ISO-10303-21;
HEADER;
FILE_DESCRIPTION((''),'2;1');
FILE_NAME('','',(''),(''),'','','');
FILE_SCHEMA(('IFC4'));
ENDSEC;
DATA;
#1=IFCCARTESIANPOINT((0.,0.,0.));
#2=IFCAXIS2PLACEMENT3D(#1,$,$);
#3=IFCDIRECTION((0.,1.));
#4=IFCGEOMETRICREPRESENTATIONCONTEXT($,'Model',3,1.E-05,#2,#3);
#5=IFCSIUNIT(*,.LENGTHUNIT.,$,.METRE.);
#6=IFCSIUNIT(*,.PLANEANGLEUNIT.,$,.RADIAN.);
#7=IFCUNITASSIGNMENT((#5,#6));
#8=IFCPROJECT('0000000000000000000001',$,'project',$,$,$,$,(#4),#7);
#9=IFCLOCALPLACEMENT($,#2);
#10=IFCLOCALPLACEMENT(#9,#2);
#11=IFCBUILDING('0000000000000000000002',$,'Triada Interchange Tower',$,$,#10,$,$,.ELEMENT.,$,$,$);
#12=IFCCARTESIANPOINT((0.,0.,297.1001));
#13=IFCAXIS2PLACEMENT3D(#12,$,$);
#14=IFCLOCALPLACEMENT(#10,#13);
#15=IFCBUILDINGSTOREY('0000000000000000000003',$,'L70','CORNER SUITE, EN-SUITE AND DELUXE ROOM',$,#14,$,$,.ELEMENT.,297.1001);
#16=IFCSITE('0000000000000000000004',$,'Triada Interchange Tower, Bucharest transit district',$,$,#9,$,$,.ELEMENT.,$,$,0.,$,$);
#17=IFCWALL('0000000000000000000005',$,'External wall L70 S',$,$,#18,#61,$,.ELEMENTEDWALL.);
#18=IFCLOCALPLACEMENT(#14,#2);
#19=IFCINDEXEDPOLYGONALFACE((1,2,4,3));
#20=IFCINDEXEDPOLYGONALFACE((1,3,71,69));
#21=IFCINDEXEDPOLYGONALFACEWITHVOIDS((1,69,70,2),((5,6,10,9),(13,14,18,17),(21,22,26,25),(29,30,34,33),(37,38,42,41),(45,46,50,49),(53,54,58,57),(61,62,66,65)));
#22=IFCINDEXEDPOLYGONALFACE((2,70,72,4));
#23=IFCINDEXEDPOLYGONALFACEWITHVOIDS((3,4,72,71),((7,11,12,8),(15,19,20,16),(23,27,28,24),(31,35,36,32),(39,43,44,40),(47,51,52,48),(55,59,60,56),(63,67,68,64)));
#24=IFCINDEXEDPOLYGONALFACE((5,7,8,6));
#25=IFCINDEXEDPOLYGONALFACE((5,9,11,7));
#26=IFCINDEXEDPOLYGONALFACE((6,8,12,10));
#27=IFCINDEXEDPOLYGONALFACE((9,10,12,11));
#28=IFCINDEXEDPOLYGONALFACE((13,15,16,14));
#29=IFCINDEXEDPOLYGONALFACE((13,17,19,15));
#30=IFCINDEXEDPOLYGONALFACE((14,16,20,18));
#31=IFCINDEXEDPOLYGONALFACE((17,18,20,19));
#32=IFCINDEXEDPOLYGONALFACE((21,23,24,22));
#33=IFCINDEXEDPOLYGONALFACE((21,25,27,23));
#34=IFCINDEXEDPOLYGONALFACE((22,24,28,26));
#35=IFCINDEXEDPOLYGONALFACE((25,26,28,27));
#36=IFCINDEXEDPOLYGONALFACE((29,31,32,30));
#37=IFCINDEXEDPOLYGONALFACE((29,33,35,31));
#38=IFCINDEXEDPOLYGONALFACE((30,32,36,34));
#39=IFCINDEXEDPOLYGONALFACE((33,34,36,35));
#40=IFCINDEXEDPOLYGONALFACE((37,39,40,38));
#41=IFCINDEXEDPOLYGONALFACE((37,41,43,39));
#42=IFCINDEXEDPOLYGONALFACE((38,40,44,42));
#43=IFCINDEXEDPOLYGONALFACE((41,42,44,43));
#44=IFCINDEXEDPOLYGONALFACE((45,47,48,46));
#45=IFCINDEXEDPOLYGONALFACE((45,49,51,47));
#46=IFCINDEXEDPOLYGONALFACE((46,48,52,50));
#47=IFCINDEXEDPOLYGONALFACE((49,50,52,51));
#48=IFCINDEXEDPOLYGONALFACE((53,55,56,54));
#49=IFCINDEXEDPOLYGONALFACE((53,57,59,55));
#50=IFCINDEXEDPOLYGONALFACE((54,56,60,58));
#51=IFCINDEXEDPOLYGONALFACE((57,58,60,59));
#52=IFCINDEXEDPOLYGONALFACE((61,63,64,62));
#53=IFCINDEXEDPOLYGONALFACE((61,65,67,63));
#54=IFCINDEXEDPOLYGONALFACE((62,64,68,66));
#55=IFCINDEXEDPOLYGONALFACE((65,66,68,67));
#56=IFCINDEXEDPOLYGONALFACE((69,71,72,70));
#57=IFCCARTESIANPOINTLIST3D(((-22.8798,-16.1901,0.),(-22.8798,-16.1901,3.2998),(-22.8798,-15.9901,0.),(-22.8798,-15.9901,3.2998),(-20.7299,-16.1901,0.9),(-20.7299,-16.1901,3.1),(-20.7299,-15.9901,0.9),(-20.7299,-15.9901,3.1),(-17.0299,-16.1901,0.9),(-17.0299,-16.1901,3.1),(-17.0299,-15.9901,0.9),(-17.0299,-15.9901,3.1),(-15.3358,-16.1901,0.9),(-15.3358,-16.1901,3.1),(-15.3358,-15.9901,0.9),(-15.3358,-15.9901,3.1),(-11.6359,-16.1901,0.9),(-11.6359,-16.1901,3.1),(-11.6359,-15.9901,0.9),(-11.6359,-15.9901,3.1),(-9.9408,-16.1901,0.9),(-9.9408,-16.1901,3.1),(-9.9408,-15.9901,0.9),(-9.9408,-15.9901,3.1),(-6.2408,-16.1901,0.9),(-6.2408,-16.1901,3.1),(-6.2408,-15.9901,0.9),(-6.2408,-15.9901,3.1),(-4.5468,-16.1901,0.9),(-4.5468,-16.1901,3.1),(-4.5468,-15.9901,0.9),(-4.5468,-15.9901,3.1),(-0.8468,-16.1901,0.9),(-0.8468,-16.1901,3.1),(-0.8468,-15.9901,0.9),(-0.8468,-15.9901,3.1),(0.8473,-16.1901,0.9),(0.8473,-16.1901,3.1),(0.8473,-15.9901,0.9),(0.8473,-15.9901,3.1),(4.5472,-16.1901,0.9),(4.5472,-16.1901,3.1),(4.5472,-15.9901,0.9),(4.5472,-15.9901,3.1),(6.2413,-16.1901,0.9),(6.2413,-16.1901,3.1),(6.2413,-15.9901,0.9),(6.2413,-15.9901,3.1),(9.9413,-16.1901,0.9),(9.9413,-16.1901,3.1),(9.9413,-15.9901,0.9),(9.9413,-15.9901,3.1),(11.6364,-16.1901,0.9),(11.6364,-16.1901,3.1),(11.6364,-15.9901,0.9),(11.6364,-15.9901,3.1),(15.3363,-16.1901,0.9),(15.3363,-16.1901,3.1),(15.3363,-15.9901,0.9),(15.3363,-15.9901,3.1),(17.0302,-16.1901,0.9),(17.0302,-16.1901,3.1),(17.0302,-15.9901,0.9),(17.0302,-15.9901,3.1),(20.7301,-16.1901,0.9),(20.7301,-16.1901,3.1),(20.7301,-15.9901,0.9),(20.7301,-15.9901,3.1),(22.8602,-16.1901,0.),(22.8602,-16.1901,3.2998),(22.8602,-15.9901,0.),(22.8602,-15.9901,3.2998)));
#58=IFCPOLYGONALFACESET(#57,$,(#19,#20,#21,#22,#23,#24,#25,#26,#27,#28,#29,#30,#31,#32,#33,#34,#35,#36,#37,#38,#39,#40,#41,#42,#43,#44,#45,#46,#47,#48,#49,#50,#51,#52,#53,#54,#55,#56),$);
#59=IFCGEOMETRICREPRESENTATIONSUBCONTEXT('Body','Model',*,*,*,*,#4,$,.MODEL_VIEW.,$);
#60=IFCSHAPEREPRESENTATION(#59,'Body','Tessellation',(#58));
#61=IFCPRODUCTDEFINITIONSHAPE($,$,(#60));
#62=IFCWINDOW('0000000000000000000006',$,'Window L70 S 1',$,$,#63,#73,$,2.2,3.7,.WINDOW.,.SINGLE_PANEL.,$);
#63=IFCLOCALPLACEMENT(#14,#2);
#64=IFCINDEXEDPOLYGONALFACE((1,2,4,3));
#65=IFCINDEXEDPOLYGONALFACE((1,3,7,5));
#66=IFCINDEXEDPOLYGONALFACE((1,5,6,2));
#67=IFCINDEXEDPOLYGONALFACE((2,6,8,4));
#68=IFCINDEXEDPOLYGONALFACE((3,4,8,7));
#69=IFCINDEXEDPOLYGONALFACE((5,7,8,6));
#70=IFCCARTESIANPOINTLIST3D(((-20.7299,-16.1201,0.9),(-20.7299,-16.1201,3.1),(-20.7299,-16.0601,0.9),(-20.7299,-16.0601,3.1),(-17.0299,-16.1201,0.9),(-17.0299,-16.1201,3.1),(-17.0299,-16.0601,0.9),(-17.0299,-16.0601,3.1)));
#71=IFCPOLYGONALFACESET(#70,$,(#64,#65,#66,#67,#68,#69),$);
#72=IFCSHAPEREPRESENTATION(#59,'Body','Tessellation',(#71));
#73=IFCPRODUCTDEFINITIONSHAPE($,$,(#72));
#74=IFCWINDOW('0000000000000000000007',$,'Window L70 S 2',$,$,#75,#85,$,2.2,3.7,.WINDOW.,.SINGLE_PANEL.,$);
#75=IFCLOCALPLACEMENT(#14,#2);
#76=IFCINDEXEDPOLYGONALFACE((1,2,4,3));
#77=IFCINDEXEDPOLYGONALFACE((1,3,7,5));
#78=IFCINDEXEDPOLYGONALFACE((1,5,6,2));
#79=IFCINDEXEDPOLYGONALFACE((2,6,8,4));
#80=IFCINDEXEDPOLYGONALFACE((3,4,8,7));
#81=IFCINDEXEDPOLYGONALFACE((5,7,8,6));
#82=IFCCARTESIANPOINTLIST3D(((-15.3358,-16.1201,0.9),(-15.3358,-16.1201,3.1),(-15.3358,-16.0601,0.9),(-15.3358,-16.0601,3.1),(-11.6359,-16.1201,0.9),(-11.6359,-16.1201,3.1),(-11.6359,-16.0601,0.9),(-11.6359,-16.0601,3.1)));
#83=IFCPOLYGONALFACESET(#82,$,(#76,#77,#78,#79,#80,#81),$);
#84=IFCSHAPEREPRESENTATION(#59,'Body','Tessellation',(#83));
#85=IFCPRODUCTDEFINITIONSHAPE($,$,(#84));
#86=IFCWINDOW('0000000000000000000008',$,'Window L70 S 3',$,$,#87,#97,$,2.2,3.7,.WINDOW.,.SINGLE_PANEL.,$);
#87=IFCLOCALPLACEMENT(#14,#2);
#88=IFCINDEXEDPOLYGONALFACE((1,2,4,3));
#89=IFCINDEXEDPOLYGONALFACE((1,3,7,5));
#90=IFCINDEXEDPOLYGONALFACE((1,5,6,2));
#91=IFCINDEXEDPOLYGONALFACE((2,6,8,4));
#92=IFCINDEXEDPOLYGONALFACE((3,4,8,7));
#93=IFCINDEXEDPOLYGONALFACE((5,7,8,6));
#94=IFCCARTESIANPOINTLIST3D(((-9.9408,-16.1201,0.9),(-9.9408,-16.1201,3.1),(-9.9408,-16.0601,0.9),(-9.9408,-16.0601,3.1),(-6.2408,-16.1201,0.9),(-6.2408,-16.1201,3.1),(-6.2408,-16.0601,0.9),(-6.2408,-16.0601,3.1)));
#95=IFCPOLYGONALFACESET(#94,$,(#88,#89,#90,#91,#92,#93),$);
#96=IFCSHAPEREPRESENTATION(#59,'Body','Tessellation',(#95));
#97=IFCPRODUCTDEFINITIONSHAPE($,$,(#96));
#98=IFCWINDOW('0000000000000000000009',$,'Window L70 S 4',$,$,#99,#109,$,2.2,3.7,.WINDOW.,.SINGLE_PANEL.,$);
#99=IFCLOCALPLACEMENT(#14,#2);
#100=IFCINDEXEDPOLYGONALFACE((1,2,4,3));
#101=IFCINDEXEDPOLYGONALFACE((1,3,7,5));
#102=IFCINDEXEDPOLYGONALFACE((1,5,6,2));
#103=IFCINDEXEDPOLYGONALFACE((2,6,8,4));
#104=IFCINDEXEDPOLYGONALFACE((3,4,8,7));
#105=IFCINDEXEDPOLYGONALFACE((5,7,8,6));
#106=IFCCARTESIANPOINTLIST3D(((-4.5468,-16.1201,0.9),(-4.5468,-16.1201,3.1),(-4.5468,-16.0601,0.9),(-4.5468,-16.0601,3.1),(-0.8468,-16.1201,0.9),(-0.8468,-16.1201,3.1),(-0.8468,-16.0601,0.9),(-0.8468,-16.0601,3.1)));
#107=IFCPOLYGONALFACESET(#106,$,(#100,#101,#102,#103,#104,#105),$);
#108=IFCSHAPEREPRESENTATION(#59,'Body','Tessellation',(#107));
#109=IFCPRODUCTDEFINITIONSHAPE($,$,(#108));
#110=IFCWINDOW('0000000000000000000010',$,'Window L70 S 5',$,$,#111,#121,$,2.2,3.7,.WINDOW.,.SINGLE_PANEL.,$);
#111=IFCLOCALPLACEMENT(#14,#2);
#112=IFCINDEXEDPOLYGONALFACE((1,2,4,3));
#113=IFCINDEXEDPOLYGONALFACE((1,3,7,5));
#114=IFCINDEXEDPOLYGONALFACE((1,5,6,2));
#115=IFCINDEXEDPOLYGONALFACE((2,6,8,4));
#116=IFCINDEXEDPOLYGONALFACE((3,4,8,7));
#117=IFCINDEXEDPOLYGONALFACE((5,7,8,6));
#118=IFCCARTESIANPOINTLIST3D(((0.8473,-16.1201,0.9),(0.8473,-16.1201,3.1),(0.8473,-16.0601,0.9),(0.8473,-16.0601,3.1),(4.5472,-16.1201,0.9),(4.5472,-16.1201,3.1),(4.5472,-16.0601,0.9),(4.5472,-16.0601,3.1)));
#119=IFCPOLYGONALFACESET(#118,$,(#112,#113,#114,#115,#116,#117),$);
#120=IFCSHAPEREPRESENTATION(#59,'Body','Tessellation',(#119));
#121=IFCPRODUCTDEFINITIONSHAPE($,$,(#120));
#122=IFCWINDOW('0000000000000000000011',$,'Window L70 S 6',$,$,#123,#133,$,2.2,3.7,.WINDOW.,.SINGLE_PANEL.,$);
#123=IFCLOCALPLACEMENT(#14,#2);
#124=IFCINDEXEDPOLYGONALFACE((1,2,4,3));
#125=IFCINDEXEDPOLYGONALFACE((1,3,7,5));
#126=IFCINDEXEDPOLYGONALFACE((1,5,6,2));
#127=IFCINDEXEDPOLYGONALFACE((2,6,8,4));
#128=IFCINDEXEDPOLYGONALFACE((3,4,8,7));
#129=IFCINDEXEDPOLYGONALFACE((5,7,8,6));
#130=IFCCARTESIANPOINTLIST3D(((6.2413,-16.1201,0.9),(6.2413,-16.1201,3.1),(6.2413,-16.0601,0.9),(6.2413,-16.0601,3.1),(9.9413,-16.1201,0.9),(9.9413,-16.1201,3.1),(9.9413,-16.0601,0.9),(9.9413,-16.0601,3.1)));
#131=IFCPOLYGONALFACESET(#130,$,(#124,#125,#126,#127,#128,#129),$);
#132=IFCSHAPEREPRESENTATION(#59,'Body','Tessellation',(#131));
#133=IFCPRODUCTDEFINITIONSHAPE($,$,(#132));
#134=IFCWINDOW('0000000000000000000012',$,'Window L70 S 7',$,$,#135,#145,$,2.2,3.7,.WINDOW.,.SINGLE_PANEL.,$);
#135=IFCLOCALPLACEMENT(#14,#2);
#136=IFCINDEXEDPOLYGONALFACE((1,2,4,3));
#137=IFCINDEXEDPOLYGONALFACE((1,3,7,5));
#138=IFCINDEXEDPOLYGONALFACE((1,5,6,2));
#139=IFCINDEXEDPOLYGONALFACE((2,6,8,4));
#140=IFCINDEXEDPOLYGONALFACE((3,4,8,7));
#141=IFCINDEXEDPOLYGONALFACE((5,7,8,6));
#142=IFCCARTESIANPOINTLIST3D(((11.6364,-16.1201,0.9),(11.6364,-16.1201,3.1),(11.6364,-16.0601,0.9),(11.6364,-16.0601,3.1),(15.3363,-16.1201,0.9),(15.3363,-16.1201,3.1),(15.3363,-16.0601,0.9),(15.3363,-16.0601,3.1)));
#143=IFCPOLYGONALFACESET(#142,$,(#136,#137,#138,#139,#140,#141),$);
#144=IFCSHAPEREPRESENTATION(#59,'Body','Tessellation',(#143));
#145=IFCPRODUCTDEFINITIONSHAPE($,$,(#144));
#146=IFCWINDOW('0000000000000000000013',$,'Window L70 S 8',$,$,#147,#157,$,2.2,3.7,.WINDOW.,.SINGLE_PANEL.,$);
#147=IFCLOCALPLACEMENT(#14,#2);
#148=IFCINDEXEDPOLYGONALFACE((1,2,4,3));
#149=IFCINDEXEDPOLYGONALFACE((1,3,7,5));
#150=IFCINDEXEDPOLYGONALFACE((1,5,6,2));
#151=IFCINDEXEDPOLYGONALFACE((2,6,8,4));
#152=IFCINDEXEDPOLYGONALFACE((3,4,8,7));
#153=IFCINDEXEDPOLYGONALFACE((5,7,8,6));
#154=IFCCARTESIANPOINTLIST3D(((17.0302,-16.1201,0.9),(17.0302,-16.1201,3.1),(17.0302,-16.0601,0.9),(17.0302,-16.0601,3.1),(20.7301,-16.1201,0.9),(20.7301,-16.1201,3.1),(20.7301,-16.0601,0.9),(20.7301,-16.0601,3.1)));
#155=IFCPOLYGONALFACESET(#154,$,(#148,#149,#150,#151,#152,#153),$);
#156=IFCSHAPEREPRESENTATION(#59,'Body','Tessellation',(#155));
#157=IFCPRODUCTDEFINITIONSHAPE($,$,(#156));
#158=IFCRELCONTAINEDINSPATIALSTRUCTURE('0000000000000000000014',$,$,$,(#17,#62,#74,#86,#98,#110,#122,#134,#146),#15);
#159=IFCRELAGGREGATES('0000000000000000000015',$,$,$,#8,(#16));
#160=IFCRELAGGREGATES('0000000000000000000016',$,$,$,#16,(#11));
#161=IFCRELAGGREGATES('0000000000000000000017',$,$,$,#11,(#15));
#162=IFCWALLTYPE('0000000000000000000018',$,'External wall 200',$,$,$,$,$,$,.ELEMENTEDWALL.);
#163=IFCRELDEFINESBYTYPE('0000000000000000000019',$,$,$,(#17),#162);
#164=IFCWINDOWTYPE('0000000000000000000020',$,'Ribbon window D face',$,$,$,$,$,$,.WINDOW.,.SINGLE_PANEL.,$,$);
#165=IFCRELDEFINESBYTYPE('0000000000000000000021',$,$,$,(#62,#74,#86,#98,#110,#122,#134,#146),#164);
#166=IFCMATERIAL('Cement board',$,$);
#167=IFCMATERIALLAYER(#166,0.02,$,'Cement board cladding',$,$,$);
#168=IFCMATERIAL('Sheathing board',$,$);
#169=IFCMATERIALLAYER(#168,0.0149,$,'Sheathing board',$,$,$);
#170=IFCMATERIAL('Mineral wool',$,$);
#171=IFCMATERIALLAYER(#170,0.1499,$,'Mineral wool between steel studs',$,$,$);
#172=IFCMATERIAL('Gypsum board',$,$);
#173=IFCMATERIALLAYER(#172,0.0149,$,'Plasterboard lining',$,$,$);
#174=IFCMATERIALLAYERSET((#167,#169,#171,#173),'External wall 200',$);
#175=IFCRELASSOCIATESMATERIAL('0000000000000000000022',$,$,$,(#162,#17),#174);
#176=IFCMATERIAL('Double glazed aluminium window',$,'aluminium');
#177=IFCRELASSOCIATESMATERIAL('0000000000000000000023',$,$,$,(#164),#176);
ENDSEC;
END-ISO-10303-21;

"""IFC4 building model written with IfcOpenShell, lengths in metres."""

from ifc_helpers import new_model, si_unit, direction, frame, frame_2d, origin, place, context, subcontext, project, spatial, rectangle, extrude, material, layer, layer_set, layer_usage, type_object, element, fill, save


model = new_model("IFC4")

# Units and contexts
model_context = context("Model", 3, precision=1e-05, world=origin(), true_north=direction((0.0, 1.0)))
body_context = subcontext(model_context, "Body", "Model", "MODEL_VIEW")
ifc_project = project(units=[si_unit("LENGTHUNIT", "METRE"), si_unit("PLANEANGLEUNIT", "RADIAN")], contexts=[model_context])

# Site, building, storey
site_placement = place(None, origin())
site = spatial("IfcSite", under=ifc_project, at=site_placement, Name="Triada Interchange Tower, Bucharest transit district", CompositionType="ELEMENT", RefElevation=0.0)
building_placement = place(site_placement, origin())
building = spatial("IfcBuilding", under=site, at=building_placement, Name="Triada Interchange Tower", CompositionType="ELEMENT")
storey_placement = place(building_placement, frame((0.0, 0.0, 297.1001)))
storey = spatial("IfcBuildingStorey", under=building, at=storey_placement, Name="L70", Description="CORNER SUITE, EN-SUITE AND DELUXE ROOM", CompositionType="ELEMENT", Elevation=297.1001)

# Shared definitions
ifc_material_1 = material(Name="Cement board")
ifc_layer_1 = layer(ifc_material_1, 0.02, Name="Cement board cladding")
ifc_material_2 = material(Name="Sheathing board")
ifc_layer_2 = layer(ifc_material_2, 0.0149, Name="Sheathing board")
ifc_material_3 = material(Name="Mineral wool")
ifc_layer_3 = layer(ifc_material_3, 0.1499, Name="Mineral wool between steel studs")
ifc_material_4 = material(Name="Gypsum board")
ifc_layer_4 = layer(ifc_material_4, 0.0149, Name="Plasterboard lining")
ifc_layer_set_1 = layer_set([ifc_layer_1, ifc_layer_2, ifc_layer_3, ifc_layer_4], Name="External wall 200")
ifc_layer_usage = layer_usage(ifc_layer_set_1, "AXIS2", "POSITIVE", -0.1001)
wall_type = type_object("IfcWallType", Name="External wall 200", PredefinedType="ELEMENTEDWALL", material=ifc_layer_set_1)
ifc_material_5 = material(Name="Double glazed aluminium window", Category="aluminium")

# Wall, openings, windows
wall_1_placement = place(storey_placement, frame((-22.8799, -16.0901, 0.0), z_axis=(0.0, 0.0, 1.0), x_axis=(1.0, 0.0, 0.0)))
wall_1 = element("IfcWall", 1, at=wall_1_placement, inside=storey, type_object=wall_type, material=ifc_layer_usage, Name="External wall L70 S", PredefinedType="ELEMENTEDWALL", context=body_context, shape_type="SweptSolid", body=[
    extrude(rectangle(XDim=45.74, YDim=0.2, at=frame_2d((22.8701, 0.0))), origin(), (0.0, 0.0, 1.0), 3.2998),
])
opening_1_placement = place(wall_1_placement, frame((2.1499, 0.0, 0.8999)))
opening_1 = element("IfcOpeningElement", 2, at=opening_1_placement, cuts=wall_1, PredefinedType="OPENING", context=body_context, shape_type="SweptSolid", body=[
    extrude(rectangle(XDim=3.7, YDim=2.2, at=frame_2d((1.8501, 1.1001))), frame((0.0, 0.1099, 0.0), z_axis=(0.0, -1.0, 0.0), x_axis=(1.0, 0.0, 0.0)), (0.0, 0.0, 1.0), 0.22),
])
opening_2_placement = place(wall_1_placement, frame((7.5439, 0.0, 0.8999)))
opening_2 = element("IfcOpeningElement", 3, at=opening_2_placement, cuts=wall_1, PredefinedType="OPENING", context=body_context, shape_type="SweptSolid", body=[
    extrude(rectangle(XDim=3.7, YDim=2.2, at=frame_2d((1.8501, 1.1001))), frame((0.0, 0.1099, 0.0), z_axis=(0.0, -1.0, 0.0), x_axis=(1.0, 0.0, 0.0)), (0.0, 0.0, 1.0), 0.22),
])
opening_3_placement = place(wall_1_placement, frame((12.939, 0.0, 0.8999)))
opening_3 = element("IfcOpeningElement", 4, at=opening_3_placement, cuts=wall_1, PredefinedType="OPENING", context=body_context, shape_type="SweptSolid", body=[
    extrude(rectangle(XDim=3.7, YDim=2.2, at=frame_2d((1.8501, 1.1001))), frame((0.0, 0.1099, 0.0), z_axis=(0.0, -1.0, 0.0), x_axis=(1.0, 0.0, 0.0)), (0.0, 0.0, 1.0), 0.22),
])
opening_4_placement = place(wall_1_placement, frame((18.333, 0.0, 0.8999)))
opening_4 = element("IfcOpeningElement", 5, at=opening_4_placement, cuts=wall_1, PredefinedType="OPENING", context=body_context, shape_type="SweptSolid", body=[
    extrude(rectangle(XDim=3.7, YDim=2.2, at=frame_2d((1.8501, 1.1001))), frame((0.0, 0.1099, 0.0), z_axis=(0.0, -1.0, 0.0), x_axis=(1.0, 0.0, 0.0)), (0.0, 0.0, 1.0), 0.22),
])
opening_5_placement = place(wall_1_placement, frame((23.7271, 0.0, 0.8999)))
opening_5 = element("IfcOpeningElement", 6, at=opening_5_placement, cuts=wall_1, PredefinedType="OPENING", context=body_context, shape_type="SweptSolid", body=[
    extrude(rectangle(XDim=3.7, YDim=2.2, at=frame_2d((1.8501, 1.1001))), frame((0.0, 0.1099, 0.0), z_axis=(0.0, -1.0, 0.0), x_axis=(1.0, 0.0, 0.0)), (0.0, 0.0, 1.0), 0.22),
])
opening_6_placement = place(wall_1_placement, frame((29.1211, 0.0, 0.8999)))
opening_6 = element("IfcOpeningElement", 7, at=opening_6_placement, cuts=wall_1, PredefinedType="OPENING", context=body_context, shape_type="SweptSolid", body=[
    extrude(rectangle(XDim=3.7, YDim=2.2, at=frame_2d((1.8501, 1.1001))), frame((0.0, 0.1099, 0.0), z_axis=(0.0, -1.0, 0.0), x_axis=(1.0, 0.0, 0.0)), (0.0, 0.0, 1.0), 0.22),
])
opening_7_placement = place(wall_1_placement, frame((34.5161, 0.0, 0.8999)))
opening_7 = element("IfcOpeningElement", 8, at=opening_7_placement, cuts=wall_1, PredefinedType="OPENING", context=body_context, shape_type="SweptSolid", body=[
    extrude(rectangle(XDim=3.7, YDim=2.2, at=frame_2d((1.8501, 1.1001))), frame((0.0, 0.1099, 0.0), z_axis=(0.0, -1.0, 0.0), x_axis=(1.0, 0.0, 0.0)), (0.0, 0.0, 1.0), 0.22),
])
opening_8_placement = place(wall_1_placement, frame((39.9099, 0.0, 0.8999)))
opening_8 = element("IfcOpeningElement", 9, at=opening_8_placement, cuts=wall_1, PredefinedType="OPENING", context=body_context, shape_type="SweptSolid", body=[
    extrude(rectangle(XDim=3.7, YDim=2.2, at=frame_2d((1.8501, 1.1001))), frame((0.0, 0.1099, 0.0), z_axis=(0.0, -1.0, 0.0), x_axis=(1.0, 0.0, 0.0)), (0.0, 0.0, 1.0), 0.22),
])
window_type_1 = type_object("IfcWindowType", Name="Ribbon window D face", PartitioningType="SINGLE_PANEL", PredefinedType="WINDOW", material=ifc_material_5)
window_1_placement = place(opening_1_placement, origin())
window_1 = element("IfcWindow", 10, at=window_1_placement, inside=storey, type_object=window_type_1, Name="Window L70 S 1", OverallHeight=2.2, OverallWidth=3.7, PartitioningType="SINGLE_PANEL", PredefinedType="WINDOW", context=body_context, shape_type="SweptSolid", body=[
    extrude(rectangle(XDim=3.7, YDim=2.2, at=frame_2d((1.8501, 1.1001))), frame((0.0, 0.03, 0.0), z_axis=(0.0, -1.0, 0.0), x_axis=(1.0, 0.0, 0.0)), (0.0, 0.0, 1.0), 0.0601),
])
fill(opening_1, window_1)
window_2_placement = place(opening_2_placement, origin())
window_2 = element("IfcWindow", 11, at=window_2_placement, inside=storey, type_object=window_type_1, Name="Window L70 S 2", OverallHeight=2.2, OverallWidth=3.7, PartitioningType="SINGLE_PANEL", PredefinedType="WINDOW", context=body_context, shape_type="SweptSolid", body=[
    extrude(rectangle(XDim=3.7, YDim=2.2, at=frame_2d((1.8501, 1.1001))), frame((0.0, 0.03, 0.0), z_axis=(0.0, -1.0, 0.0), x_axis=(1.0, 0.0, 0.0)), (0.0, 0.0, 1.0), 0.0601),
])
fill(opening_2, window_2)
window_3_placement = place(opening_3_placement, origin())
window_3 = element("IfcWindow", 12, at=window_3_placement, inside=storey, type_object=window_type_1, Name="Window L70 S 3", OverallHeight=2.2, OverallWidth=3.7, PartitioningType="SINGLE_PANEL", PredefinedType="WINDOW", context=body_context, shape_type="SweptSolid", body=[
    extrude(rectangle(XDim=3.7, YDim=2.2, at=frame_2d((1.8501, 1.1001))), frame((0.0, 0.03, 0.0), z_axis=(0.0, -1.0, 0.0), x_axis=(1.0, 0.0, 0.0)), (0.0, 0.0, 1.0), 0.0601),
])
fill(opening_3, window_3)
window_4_placement = place(opening_4_placement, origin())
window_4 = element("IfcWindow", 13, at=window_4_placement, inside=storey, type_object=window_type_1, Name="Window L70 S 4", OverallHeight=2.2, OverallWidth=3.7, PartitioningType="SINGLE_PANEL", PredefinedType="WINDOW", context=body_context, shape_type="SweptSolid", body=[
    extrude(rectangle(XDim=3.7, YDim=2.2, at=frame_2d((1.8501, 1.1001))), frame((0.0, 0.03, 0.0), z_axis=(0.0, -1.0, 0.0), x_axis=(1.0, 0.0, 0.0)), (0.0, 0.0, 1.0), 0.0601),
])
fill(opening_4, window_4)
window_5_placement = place(opening_5_placement, origin())
window_5 = element("IfcWindow", 14, at=window_5_placement, inside=storey, type_object=window_type_1, Name="Window L70 S 5", OverallHeight=2.2, OverallWidth=3.7, PartitioningType="SINGLE_PANEL", PredefinedType="WINDOW", context=body_context, shape_type="SweptSolid", body=[
    extrude(rectangle(XDim=3.7, YDim=2.2, at=frame_2d((1.8501, 1.1001))), frame((0.0, 0.03, 0.0), z_axis=(0.0, -1.0, 0.0), x_axis=(1.0, 0.0, 0.0)), (0.0, 0.0, 1.0), 0.0601),
])
fill(opening_5, window_5)
window_6_placement = place(opening_6_placement, origin())
window_6 = element("IfcWindow", 15, at=window_6_placement, inside=storey, type_object=window_type_1, Name="Window L70 S 6", OverallHeight=2.2, OverallWidth=3.7, PartitioningType="SINGLE_PANEL", PredefinedType="WINDOW", context=body_context, shape_type="SweptSolid", body=[
    extrude(rectangle(XDim=3.7, YDim=2.2, at=frame_2d((1.8501, 1.1001))), frame((0.0, 0.03, 0.0), z_axis=(0.0, -1.0, 0.0), x_axis=(1.0, 0.0, 0.0)), (0.0, 0.0, 1.0), 0.0601),
])
fill(opening_6, window_6)
window_7_placement = place(opening_7_placement, origin())
window_7 = element("IfcWindow", 16, at=window_7_placement, inside=storey, type_object=window_type_1, Name="Window L70 S 7", OverallHeight=2.2, OverallWidth=3.7, PartitioningType="SINGLE_PANEL", PredefinedType="WINDOW", context=body_context, shape_type="SweptSolid", body=[
    extrude(rectangle(XDim=3.7, YDim=2.2, at=frame_2d((1.8501, 1.1001))), frame((0.0, 0.03, 0.0), z_axis=(0.0, -1.0, 0.0), x_axis=(1.0, 0.0, 0.0)), (0.0, 0.0, 1.0), 0.0601),
])
fill(opening_7, window_7)
window_8_placement = place(opening_8_placement, origin())
window_8 = element("IfcWindow", 17, at=window_8_placement, inside=storey, type_object=window_type_1, Name="Window L70 S 8", OverallHeight=2.2, OverallWidth=3.7, PartitioningType="SINGLE_PANEL", PredefinedType="WINDOW", context=body_context, shape_type="SweptSolid", body=[
    extrude(rectangle(XDim=3.7, YDim=2.2, at=frame_2d((1.8501, 1.1001))), frame((0.0, 0.03, 0.0), z_axis=(0.0, -1.0, 0.0), x_axis=(1.0, 0.0, 0.0)), (0.0, 0.0, 1.0), 0.0601),
])
fill(opening_8, window_8)

save(model, "model.ifc")
